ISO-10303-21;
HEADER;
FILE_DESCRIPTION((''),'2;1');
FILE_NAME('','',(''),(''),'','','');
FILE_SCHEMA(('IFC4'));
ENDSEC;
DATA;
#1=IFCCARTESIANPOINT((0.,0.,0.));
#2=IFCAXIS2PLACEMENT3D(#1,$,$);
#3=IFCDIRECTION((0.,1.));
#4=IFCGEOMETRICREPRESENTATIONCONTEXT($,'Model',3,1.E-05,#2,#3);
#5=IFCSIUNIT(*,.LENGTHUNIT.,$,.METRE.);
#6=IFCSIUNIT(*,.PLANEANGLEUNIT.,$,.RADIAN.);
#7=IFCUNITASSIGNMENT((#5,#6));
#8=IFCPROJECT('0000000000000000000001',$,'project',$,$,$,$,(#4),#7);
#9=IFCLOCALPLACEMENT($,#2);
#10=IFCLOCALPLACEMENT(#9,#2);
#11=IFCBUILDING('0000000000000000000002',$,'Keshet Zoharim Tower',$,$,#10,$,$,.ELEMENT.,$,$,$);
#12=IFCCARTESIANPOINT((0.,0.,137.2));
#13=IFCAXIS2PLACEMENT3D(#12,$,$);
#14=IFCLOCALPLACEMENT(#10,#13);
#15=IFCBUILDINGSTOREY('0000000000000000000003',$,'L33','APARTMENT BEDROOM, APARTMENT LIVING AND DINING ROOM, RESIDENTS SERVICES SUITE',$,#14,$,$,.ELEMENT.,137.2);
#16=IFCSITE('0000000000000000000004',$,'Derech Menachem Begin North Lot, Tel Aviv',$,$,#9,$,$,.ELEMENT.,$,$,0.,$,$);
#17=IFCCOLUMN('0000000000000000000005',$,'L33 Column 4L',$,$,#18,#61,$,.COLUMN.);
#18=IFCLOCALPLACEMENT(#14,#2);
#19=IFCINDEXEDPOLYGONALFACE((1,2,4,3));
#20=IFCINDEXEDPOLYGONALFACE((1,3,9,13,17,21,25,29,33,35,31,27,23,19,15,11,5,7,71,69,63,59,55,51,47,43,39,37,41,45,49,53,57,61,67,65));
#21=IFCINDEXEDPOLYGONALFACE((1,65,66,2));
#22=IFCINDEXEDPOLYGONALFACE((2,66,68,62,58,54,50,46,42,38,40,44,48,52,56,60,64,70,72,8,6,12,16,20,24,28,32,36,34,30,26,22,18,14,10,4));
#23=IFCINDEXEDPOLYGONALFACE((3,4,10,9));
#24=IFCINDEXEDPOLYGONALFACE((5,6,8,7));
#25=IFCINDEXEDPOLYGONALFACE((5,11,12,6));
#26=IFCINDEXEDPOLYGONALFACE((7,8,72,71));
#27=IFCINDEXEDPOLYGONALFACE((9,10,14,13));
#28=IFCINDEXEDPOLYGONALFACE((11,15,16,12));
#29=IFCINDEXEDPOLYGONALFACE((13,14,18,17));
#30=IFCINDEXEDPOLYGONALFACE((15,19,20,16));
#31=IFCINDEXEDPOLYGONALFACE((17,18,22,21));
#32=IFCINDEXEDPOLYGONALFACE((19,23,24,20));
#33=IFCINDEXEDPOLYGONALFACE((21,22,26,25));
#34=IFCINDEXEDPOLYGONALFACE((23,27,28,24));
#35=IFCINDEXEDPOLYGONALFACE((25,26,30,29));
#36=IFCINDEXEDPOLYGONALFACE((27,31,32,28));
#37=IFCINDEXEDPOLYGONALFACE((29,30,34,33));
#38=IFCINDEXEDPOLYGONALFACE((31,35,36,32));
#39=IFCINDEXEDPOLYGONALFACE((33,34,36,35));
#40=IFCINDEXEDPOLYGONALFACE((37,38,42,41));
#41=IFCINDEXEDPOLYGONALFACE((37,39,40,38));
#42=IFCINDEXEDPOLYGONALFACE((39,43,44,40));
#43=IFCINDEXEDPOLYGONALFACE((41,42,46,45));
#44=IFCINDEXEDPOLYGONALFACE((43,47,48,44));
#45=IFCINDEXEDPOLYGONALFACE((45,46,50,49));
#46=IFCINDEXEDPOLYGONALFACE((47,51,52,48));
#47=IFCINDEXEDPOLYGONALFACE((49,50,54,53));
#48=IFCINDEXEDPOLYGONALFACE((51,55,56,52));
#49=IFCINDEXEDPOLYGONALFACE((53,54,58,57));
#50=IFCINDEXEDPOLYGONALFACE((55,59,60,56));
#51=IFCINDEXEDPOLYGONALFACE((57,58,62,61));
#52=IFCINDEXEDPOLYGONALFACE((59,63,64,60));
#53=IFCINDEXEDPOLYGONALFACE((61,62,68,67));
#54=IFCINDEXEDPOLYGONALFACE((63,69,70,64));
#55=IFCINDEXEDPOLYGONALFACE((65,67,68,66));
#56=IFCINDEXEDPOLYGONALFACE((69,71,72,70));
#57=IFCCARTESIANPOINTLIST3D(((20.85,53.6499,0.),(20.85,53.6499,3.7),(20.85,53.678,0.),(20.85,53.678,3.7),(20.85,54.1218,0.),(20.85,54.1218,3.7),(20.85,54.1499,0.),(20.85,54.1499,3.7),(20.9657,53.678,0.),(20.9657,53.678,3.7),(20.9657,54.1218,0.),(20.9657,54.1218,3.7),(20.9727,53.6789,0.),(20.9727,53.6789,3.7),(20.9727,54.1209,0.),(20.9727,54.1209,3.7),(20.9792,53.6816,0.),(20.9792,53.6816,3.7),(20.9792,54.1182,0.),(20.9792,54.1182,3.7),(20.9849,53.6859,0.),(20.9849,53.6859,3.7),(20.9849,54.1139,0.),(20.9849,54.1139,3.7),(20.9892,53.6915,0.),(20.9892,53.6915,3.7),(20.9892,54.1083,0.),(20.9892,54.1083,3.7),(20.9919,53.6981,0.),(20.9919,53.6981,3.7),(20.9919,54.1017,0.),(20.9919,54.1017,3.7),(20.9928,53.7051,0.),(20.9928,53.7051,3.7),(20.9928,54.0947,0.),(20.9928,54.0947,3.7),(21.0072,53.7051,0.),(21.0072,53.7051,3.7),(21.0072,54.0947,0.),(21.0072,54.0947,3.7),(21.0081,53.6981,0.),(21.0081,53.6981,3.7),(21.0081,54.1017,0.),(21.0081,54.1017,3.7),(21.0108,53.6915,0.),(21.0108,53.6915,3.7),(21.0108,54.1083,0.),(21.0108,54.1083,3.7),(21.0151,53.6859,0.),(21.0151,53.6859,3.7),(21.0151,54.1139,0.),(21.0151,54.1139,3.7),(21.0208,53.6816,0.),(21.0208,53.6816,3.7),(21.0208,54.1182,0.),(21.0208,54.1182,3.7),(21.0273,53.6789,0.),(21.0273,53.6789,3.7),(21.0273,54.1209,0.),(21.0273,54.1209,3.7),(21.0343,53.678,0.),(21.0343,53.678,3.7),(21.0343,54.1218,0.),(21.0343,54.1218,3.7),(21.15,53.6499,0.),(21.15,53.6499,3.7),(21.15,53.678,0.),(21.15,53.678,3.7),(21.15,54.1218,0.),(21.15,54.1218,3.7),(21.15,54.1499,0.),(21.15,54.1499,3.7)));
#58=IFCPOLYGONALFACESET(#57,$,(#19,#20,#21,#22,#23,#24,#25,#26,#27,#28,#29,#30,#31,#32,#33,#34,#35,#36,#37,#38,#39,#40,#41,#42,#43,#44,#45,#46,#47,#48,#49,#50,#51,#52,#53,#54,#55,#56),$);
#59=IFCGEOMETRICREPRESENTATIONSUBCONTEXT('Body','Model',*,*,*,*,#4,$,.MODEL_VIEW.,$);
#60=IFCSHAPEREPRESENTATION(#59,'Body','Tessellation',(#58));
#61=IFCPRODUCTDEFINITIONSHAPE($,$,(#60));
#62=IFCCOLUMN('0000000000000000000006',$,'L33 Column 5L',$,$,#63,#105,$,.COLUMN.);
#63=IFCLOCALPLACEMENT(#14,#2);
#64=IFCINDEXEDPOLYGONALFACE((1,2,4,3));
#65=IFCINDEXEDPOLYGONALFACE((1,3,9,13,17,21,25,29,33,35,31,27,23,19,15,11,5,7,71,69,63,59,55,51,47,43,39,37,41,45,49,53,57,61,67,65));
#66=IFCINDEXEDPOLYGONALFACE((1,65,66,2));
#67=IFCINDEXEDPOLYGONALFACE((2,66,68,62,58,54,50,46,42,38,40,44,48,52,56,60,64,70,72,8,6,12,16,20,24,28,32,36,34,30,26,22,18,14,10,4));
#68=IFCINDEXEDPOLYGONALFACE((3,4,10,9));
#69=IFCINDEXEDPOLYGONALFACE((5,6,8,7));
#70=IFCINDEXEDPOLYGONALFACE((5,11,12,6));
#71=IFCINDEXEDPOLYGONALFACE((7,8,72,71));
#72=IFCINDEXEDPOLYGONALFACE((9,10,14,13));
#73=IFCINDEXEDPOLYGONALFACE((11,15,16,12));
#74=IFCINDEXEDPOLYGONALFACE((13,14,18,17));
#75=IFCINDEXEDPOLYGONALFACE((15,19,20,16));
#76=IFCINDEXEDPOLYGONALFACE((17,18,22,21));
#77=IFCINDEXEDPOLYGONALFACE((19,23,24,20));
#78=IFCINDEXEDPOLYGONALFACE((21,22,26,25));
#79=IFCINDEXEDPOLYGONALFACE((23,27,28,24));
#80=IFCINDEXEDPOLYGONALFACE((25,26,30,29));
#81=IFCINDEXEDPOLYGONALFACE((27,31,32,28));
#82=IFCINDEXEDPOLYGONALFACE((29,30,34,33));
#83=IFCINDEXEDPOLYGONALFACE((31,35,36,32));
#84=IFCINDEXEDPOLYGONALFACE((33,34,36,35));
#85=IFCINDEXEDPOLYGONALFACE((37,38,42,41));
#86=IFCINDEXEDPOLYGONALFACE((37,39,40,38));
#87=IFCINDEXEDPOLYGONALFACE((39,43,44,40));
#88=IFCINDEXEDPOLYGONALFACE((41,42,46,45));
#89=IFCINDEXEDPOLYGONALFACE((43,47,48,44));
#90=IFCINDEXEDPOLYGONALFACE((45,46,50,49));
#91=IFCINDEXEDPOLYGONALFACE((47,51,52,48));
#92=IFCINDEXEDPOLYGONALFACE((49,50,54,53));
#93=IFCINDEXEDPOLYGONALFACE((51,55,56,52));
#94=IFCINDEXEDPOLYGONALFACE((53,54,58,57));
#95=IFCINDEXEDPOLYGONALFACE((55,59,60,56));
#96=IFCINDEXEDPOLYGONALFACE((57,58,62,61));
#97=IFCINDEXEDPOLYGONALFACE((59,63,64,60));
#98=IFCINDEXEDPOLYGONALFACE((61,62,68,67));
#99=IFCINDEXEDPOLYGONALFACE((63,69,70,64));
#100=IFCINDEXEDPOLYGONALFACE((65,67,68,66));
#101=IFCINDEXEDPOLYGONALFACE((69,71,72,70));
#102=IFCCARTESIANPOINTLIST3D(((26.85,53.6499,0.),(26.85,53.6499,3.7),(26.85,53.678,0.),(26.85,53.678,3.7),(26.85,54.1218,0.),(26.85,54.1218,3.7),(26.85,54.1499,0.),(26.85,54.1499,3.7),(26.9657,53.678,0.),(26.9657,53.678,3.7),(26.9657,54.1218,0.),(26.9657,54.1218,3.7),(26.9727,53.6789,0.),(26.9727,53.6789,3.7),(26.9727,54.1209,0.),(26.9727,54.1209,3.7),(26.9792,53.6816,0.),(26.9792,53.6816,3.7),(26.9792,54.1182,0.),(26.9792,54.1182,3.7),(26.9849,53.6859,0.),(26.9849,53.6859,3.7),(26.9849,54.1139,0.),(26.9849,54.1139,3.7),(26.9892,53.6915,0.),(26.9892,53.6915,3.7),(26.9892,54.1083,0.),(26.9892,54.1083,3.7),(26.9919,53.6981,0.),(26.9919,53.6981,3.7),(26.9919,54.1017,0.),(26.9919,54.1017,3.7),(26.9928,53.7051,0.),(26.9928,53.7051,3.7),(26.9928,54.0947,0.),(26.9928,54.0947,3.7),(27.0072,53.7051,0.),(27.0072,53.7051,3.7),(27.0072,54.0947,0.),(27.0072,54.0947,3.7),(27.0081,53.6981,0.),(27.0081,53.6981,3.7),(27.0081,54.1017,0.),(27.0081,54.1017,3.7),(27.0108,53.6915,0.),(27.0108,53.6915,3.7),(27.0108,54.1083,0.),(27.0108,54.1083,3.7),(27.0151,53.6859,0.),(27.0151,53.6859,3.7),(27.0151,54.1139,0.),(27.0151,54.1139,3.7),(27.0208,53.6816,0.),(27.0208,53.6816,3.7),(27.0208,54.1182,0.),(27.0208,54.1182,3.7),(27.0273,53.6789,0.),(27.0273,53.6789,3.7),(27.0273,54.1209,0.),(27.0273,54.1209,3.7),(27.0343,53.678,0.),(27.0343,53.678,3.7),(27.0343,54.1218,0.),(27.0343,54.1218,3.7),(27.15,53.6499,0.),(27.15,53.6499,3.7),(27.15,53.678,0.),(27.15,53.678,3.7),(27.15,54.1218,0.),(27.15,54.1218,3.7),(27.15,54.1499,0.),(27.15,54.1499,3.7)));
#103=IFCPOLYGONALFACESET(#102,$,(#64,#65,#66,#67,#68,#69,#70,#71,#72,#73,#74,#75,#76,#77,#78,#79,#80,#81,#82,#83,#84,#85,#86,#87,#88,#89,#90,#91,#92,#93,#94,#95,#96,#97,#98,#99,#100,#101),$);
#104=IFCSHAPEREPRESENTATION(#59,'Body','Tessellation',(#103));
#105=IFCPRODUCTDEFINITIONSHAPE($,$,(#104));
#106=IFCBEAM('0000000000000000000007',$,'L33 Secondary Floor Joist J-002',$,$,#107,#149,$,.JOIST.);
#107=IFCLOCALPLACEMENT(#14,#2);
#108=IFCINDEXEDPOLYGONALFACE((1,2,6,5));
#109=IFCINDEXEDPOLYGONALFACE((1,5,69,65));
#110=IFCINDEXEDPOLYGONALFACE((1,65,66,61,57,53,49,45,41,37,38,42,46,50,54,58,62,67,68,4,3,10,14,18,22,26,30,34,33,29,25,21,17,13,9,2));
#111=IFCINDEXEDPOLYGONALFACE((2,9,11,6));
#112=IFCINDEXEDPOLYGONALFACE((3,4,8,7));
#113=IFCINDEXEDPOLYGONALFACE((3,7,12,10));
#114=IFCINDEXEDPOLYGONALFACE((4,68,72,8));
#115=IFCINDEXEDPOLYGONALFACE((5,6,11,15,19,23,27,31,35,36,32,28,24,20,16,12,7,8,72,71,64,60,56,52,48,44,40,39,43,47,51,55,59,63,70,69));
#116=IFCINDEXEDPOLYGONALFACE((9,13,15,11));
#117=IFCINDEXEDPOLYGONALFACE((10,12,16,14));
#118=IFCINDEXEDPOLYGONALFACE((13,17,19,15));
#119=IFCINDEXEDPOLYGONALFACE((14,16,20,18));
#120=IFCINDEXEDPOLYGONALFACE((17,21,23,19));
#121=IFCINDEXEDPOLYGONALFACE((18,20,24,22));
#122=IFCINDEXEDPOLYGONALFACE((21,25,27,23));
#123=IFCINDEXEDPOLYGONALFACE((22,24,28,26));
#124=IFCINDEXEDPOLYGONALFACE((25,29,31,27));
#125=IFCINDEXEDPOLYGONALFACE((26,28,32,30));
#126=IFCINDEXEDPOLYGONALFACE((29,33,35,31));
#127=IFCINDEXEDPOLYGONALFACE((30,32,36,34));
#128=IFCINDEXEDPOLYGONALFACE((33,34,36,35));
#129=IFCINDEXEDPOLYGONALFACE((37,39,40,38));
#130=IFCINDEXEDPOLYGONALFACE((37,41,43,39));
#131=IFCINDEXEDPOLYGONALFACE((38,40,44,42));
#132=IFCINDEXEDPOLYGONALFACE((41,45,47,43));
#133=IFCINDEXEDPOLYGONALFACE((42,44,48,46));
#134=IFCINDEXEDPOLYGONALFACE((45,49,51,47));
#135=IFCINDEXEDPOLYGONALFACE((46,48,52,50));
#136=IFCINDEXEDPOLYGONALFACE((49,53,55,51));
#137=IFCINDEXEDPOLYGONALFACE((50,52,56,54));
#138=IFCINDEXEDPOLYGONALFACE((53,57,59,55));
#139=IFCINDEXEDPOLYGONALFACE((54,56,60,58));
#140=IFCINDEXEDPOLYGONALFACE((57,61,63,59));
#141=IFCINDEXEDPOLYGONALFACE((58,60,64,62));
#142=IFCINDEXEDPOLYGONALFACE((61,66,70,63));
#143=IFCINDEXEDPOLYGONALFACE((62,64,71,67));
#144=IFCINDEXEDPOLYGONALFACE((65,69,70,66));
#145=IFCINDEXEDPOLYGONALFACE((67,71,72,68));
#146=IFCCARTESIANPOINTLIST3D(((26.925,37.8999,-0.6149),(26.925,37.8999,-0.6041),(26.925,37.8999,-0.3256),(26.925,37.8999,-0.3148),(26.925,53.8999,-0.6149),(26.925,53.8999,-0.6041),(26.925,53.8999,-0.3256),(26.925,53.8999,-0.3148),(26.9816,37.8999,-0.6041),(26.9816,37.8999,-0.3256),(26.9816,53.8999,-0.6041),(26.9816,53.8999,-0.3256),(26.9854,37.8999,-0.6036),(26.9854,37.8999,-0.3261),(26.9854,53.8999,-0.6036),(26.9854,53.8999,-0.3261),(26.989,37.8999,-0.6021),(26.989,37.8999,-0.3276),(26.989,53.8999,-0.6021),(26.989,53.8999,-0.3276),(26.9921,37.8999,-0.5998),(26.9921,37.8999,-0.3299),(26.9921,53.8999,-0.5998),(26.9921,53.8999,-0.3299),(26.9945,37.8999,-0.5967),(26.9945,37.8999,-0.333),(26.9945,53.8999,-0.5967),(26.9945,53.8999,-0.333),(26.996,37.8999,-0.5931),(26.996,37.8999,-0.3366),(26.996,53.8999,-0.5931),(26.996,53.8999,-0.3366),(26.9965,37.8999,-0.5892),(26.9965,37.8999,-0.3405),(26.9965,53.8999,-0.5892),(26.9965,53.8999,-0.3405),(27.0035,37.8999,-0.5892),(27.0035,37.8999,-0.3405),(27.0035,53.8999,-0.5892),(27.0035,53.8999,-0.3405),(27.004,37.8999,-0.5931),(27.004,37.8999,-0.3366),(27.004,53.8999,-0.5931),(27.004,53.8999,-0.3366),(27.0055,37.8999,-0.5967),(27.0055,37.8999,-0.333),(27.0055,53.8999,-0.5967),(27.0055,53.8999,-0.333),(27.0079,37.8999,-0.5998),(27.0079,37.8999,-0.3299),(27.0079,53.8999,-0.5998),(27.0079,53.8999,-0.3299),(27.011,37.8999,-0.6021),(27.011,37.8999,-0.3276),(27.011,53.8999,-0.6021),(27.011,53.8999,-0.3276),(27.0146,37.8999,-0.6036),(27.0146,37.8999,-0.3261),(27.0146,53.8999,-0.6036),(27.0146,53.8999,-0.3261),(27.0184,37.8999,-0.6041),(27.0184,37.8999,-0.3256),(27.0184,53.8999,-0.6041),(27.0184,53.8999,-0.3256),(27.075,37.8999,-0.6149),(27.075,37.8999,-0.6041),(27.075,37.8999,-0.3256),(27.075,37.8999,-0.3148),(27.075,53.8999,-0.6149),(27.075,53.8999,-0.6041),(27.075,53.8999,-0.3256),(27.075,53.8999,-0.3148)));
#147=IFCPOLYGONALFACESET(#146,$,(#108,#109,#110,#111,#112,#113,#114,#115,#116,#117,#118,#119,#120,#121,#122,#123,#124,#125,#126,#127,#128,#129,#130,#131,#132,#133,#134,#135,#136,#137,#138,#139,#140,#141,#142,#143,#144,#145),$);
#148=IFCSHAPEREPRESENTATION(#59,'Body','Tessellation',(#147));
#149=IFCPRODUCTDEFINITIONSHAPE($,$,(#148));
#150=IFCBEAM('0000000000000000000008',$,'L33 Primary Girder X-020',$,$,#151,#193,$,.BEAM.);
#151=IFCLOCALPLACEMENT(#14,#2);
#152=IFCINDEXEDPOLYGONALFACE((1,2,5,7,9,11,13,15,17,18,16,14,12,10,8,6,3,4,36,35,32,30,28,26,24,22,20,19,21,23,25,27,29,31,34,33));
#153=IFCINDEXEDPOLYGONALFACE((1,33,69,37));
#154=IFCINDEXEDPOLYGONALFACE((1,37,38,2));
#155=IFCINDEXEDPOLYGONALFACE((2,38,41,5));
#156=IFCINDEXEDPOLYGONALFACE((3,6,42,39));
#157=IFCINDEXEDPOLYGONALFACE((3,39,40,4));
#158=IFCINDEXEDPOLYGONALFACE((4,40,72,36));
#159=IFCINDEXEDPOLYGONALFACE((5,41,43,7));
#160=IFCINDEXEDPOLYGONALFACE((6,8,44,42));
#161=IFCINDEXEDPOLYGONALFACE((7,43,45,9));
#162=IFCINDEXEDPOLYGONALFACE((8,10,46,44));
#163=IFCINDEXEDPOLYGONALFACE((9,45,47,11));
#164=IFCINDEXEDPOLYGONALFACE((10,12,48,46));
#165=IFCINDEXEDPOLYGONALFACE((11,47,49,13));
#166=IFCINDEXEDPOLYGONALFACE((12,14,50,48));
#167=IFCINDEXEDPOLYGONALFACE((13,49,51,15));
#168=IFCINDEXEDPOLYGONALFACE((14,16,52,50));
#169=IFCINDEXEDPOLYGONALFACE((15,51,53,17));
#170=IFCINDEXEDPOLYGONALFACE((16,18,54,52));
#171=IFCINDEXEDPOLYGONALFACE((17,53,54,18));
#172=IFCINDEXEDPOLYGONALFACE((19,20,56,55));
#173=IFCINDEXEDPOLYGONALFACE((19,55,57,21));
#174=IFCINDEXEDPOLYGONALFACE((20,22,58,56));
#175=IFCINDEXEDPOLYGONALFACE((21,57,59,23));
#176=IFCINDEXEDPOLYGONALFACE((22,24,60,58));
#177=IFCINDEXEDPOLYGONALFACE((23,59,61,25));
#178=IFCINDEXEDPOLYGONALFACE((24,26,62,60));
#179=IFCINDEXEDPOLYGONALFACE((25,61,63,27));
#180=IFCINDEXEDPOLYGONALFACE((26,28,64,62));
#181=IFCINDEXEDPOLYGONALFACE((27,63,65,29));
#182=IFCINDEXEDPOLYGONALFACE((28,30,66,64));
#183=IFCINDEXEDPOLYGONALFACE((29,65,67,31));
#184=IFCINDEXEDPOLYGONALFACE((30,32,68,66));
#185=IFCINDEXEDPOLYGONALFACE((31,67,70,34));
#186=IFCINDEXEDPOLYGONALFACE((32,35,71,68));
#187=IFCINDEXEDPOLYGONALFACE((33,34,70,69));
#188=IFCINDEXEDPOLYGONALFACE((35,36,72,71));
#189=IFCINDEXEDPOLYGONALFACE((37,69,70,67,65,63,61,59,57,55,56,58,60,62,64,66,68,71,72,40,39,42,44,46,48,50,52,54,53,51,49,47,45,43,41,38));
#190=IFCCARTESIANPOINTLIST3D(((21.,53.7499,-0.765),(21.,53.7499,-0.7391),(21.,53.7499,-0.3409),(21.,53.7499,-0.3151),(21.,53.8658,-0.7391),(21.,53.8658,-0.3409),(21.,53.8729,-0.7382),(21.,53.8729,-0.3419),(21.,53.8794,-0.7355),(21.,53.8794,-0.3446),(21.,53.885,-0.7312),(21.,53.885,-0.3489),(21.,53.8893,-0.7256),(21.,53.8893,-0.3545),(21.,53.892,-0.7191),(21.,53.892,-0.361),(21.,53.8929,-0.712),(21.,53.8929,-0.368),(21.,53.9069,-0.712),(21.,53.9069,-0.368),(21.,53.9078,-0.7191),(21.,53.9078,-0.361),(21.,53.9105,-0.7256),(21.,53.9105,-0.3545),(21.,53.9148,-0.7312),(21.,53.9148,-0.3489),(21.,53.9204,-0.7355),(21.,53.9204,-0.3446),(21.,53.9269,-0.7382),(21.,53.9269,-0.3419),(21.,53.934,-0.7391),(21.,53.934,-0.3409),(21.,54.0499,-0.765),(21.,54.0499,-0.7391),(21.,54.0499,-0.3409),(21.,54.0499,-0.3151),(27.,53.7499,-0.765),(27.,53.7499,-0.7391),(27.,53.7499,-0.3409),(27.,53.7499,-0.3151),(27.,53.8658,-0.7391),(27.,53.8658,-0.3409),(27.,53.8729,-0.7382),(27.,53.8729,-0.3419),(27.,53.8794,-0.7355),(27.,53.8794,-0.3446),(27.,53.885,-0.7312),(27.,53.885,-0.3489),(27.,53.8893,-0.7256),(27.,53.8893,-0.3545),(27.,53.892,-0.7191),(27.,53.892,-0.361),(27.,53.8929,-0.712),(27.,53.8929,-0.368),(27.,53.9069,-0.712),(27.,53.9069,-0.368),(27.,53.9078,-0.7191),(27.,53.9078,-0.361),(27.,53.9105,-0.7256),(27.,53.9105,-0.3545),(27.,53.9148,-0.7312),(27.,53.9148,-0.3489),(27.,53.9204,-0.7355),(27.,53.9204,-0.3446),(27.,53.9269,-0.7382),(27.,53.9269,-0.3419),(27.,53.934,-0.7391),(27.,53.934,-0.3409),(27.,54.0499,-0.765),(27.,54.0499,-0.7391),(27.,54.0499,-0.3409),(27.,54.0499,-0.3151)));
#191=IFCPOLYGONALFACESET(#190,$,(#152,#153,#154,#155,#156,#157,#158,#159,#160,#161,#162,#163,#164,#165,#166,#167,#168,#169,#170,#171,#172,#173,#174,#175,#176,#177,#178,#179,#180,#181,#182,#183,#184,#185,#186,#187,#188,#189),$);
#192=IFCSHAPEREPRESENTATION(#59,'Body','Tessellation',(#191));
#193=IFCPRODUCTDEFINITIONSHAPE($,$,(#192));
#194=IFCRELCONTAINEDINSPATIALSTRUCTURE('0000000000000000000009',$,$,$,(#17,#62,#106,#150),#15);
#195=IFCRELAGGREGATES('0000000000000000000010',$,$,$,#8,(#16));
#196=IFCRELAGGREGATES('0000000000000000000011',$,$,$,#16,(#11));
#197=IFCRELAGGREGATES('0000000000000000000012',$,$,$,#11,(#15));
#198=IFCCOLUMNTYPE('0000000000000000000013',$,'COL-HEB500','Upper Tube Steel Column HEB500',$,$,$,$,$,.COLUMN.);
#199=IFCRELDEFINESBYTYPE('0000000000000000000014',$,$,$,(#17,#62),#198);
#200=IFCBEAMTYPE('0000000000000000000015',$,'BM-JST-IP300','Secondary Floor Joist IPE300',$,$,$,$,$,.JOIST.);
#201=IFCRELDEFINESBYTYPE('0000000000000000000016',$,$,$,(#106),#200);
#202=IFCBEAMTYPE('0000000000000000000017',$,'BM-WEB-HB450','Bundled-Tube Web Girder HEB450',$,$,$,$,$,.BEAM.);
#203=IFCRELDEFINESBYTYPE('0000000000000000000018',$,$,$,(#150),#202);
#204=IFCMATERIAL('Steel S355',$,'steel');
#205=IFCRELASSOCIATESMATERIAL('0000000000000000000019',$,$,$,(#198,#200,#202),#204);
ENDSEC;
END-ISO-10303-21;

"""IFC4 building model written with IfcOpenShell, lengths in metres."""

from ifc_helpers import new_model, si_unit, direction, frame, origin, origin_2d, place, context, subcontext, project, spatial, i_section, extrude, material, material_profile, profile_set, type_object, element, save


model = new_model("IFC4")

# Units and contexts
model_context = context("Model", 3, precision=1e-05, world=origin(), true_north=direction((0.0, 1.0)))
body_context = subcontext(model_context, "Body", "Model", "MODEL_VIEW")
ifc_project = project(units=[si_unit("LENGTHUNIT", "METRE"), si_unit("PLANEANGLEUNIT", "RADIAN")], contexts=[model_context])

# Site, building, storey
site_placement = place(None, origin())
site = spatial("IfcSite", under=ifc_project, at=site_placement, Name="Derech Menachem Begin North Lot, Tel Aviv", CompositionType="ELEMENT", RefElevation=0.0)
building_placement = place(site_placement, origin())
building = spatial("IfcBuilding", under=site, at=building_placement, Name="Keshet Zoharim Tower", CompositionType="ELEMENT")
storey_placement = place(building_placement, frame((0.0, 0.0, 137.2)))
storey = spatial("IfcBuildingStorey", under=building, at=storey_placement, Name="L33", Description="APARTMENT BEDROOM, APARTMENT LIVING AND DINING ROOM, RESIDENTS SERVICES SUITE", CompositionType="ELEMENT", Elevation=137.2)

# Columns
ifc_material_1 = material(Name="Steel S355", Category="steel")
ifc_material_profile_1 = material_profile(ifc_material_1, i_section(OverallWidth=0.3, OverallDepth=0.5, WebThickness=0.0144, FlangeThickness=0.0281, FilletRadius=0.0271, at=origin_2d()), Name="HEB500")
ifc_profile_set_1 = profile_set([ifc_material_profile_1], Name="Steel S355")
column_type = type_object("IfcColumnType", Name="COL-HEB500", Description="Upper Tube Steel Column HEB500", PredefinedType="COLUMN", material=ifc_profile_set_1)
for number, where, z_axis, x_axis, name in (
    (1, (21.0, 53.8999, 0.0), (0.0, 0.0, 1.0), (1.0, 0.0, 0.0), "L33 Column 4L"),
    (2, (27.0, 53.8999, 0.0), (0.0, 0.0, 1.0), (1.0, 0.0, 0.0), "L33 Column 5L"),
):
    element("IfcColumn", number, at=place(storey_placement, frame(where, z_axis=z_axis, x_axis=x_axis)), inside=storey, type_object=column_type, Name=name, PredefinedType="COLUMN", context=body_context, shape_type="SweptSolid", body=[
        extrude(i_section(OverallWidth=0.3, OverallDepth=0.5, WebThickness=0.0144, FlangeThickness=0.0281, FilletRadius=0.0271, at=origin_2d()), origin(), (0.0, 0.0, 1.0), 3.7),
    ])

# Beams
ifc_material_profile_2 = material_profile(ifc_material_1, i_section(OverallWidth=0.1499, OverallDepth=0.3, WebThickness=0.0071, FlangeThickness=0.0107, FilletRadius=0.0149, at=origin_2d()), Name="IPE300")
ifc_profile_set_2 = profile_set([ifc_material_profile_2], Name="Steel S355")
beam_type_1 = type_object("IfcBeamType", Name="BM-JST-IP300", Description="Secondary Floor Joist IPE300", PredefinedType="JOIST", material=ifc_profile_set_2)
beam_placement = place(storey_placement, frame((27.0, 37.8999, -0.4648), z_axis=(0.0, 1.0, 0.0), x_axis=(-1.0, 0.0, 0.0)))
element("IfcBeam", 3, at=beam_placement, inside=storey, type_object=beam_type_1, Name="L33 Secondary Floor Joist J-002", PredefinedType="JOIST", context=body_context, shape_type="SweptSolid", body=[
    extrude(i_section(OverallWidth=0.1499, OverallDepth=0.3, WebThickness=0.0071, FlangeThickness=0.0107, FilletRadius=0.0149, at=origin_2d()), origin(), (0.0, 0.0, 1.0), 16.0),
])
ifc_material_profile_3 = material_profile(ifc_material_1, i_section(OverallWidth=0.3, OverallDepth=0.45, WebThickness=0.0139, FlangeThickness=0.0259, FilletRadius=0.0271, at=origin_2d()), Name="HEB450")
ifc_profile_set_3 = profile_set([ifc_material_profile_3], Name="Steel S355")
beam_type_2 = type_object("IfcBeamType", Name="BM-WEB-HB450", Description="Bundled-Tube Web Girder HEB450", PredefinedType="BEAM", material=ifc_profile_set_3)
for number, where, z_axis, x_axis, name in (
    (4, (21.0, 53.8999, -0.54), (1.0, 0.0, 0.0), (0.0, 1.0, 0.0), "L33 Primary Girder X-020"),
):
    element("IfcBeam", number, at=place(storey_placement, frame(where, z_axis=z_axis, x_axis=x_axis)), inside=storey, type_object=beam_type_2, Name=name, PredefinedType="BEAM", context=body_context, shape_type="SweptSolid", body=[
        extrude(i_section(OverallWidth=0.3, OverallDepth=0.45, WebThickness=0.0139, FlangeThickness=0.0259, FilletRadius=0.0271, at=origin_2d()), origin(), (0.0, 0.0, 1.0), 6.0),
    ])

save(model, "model.ifc")
